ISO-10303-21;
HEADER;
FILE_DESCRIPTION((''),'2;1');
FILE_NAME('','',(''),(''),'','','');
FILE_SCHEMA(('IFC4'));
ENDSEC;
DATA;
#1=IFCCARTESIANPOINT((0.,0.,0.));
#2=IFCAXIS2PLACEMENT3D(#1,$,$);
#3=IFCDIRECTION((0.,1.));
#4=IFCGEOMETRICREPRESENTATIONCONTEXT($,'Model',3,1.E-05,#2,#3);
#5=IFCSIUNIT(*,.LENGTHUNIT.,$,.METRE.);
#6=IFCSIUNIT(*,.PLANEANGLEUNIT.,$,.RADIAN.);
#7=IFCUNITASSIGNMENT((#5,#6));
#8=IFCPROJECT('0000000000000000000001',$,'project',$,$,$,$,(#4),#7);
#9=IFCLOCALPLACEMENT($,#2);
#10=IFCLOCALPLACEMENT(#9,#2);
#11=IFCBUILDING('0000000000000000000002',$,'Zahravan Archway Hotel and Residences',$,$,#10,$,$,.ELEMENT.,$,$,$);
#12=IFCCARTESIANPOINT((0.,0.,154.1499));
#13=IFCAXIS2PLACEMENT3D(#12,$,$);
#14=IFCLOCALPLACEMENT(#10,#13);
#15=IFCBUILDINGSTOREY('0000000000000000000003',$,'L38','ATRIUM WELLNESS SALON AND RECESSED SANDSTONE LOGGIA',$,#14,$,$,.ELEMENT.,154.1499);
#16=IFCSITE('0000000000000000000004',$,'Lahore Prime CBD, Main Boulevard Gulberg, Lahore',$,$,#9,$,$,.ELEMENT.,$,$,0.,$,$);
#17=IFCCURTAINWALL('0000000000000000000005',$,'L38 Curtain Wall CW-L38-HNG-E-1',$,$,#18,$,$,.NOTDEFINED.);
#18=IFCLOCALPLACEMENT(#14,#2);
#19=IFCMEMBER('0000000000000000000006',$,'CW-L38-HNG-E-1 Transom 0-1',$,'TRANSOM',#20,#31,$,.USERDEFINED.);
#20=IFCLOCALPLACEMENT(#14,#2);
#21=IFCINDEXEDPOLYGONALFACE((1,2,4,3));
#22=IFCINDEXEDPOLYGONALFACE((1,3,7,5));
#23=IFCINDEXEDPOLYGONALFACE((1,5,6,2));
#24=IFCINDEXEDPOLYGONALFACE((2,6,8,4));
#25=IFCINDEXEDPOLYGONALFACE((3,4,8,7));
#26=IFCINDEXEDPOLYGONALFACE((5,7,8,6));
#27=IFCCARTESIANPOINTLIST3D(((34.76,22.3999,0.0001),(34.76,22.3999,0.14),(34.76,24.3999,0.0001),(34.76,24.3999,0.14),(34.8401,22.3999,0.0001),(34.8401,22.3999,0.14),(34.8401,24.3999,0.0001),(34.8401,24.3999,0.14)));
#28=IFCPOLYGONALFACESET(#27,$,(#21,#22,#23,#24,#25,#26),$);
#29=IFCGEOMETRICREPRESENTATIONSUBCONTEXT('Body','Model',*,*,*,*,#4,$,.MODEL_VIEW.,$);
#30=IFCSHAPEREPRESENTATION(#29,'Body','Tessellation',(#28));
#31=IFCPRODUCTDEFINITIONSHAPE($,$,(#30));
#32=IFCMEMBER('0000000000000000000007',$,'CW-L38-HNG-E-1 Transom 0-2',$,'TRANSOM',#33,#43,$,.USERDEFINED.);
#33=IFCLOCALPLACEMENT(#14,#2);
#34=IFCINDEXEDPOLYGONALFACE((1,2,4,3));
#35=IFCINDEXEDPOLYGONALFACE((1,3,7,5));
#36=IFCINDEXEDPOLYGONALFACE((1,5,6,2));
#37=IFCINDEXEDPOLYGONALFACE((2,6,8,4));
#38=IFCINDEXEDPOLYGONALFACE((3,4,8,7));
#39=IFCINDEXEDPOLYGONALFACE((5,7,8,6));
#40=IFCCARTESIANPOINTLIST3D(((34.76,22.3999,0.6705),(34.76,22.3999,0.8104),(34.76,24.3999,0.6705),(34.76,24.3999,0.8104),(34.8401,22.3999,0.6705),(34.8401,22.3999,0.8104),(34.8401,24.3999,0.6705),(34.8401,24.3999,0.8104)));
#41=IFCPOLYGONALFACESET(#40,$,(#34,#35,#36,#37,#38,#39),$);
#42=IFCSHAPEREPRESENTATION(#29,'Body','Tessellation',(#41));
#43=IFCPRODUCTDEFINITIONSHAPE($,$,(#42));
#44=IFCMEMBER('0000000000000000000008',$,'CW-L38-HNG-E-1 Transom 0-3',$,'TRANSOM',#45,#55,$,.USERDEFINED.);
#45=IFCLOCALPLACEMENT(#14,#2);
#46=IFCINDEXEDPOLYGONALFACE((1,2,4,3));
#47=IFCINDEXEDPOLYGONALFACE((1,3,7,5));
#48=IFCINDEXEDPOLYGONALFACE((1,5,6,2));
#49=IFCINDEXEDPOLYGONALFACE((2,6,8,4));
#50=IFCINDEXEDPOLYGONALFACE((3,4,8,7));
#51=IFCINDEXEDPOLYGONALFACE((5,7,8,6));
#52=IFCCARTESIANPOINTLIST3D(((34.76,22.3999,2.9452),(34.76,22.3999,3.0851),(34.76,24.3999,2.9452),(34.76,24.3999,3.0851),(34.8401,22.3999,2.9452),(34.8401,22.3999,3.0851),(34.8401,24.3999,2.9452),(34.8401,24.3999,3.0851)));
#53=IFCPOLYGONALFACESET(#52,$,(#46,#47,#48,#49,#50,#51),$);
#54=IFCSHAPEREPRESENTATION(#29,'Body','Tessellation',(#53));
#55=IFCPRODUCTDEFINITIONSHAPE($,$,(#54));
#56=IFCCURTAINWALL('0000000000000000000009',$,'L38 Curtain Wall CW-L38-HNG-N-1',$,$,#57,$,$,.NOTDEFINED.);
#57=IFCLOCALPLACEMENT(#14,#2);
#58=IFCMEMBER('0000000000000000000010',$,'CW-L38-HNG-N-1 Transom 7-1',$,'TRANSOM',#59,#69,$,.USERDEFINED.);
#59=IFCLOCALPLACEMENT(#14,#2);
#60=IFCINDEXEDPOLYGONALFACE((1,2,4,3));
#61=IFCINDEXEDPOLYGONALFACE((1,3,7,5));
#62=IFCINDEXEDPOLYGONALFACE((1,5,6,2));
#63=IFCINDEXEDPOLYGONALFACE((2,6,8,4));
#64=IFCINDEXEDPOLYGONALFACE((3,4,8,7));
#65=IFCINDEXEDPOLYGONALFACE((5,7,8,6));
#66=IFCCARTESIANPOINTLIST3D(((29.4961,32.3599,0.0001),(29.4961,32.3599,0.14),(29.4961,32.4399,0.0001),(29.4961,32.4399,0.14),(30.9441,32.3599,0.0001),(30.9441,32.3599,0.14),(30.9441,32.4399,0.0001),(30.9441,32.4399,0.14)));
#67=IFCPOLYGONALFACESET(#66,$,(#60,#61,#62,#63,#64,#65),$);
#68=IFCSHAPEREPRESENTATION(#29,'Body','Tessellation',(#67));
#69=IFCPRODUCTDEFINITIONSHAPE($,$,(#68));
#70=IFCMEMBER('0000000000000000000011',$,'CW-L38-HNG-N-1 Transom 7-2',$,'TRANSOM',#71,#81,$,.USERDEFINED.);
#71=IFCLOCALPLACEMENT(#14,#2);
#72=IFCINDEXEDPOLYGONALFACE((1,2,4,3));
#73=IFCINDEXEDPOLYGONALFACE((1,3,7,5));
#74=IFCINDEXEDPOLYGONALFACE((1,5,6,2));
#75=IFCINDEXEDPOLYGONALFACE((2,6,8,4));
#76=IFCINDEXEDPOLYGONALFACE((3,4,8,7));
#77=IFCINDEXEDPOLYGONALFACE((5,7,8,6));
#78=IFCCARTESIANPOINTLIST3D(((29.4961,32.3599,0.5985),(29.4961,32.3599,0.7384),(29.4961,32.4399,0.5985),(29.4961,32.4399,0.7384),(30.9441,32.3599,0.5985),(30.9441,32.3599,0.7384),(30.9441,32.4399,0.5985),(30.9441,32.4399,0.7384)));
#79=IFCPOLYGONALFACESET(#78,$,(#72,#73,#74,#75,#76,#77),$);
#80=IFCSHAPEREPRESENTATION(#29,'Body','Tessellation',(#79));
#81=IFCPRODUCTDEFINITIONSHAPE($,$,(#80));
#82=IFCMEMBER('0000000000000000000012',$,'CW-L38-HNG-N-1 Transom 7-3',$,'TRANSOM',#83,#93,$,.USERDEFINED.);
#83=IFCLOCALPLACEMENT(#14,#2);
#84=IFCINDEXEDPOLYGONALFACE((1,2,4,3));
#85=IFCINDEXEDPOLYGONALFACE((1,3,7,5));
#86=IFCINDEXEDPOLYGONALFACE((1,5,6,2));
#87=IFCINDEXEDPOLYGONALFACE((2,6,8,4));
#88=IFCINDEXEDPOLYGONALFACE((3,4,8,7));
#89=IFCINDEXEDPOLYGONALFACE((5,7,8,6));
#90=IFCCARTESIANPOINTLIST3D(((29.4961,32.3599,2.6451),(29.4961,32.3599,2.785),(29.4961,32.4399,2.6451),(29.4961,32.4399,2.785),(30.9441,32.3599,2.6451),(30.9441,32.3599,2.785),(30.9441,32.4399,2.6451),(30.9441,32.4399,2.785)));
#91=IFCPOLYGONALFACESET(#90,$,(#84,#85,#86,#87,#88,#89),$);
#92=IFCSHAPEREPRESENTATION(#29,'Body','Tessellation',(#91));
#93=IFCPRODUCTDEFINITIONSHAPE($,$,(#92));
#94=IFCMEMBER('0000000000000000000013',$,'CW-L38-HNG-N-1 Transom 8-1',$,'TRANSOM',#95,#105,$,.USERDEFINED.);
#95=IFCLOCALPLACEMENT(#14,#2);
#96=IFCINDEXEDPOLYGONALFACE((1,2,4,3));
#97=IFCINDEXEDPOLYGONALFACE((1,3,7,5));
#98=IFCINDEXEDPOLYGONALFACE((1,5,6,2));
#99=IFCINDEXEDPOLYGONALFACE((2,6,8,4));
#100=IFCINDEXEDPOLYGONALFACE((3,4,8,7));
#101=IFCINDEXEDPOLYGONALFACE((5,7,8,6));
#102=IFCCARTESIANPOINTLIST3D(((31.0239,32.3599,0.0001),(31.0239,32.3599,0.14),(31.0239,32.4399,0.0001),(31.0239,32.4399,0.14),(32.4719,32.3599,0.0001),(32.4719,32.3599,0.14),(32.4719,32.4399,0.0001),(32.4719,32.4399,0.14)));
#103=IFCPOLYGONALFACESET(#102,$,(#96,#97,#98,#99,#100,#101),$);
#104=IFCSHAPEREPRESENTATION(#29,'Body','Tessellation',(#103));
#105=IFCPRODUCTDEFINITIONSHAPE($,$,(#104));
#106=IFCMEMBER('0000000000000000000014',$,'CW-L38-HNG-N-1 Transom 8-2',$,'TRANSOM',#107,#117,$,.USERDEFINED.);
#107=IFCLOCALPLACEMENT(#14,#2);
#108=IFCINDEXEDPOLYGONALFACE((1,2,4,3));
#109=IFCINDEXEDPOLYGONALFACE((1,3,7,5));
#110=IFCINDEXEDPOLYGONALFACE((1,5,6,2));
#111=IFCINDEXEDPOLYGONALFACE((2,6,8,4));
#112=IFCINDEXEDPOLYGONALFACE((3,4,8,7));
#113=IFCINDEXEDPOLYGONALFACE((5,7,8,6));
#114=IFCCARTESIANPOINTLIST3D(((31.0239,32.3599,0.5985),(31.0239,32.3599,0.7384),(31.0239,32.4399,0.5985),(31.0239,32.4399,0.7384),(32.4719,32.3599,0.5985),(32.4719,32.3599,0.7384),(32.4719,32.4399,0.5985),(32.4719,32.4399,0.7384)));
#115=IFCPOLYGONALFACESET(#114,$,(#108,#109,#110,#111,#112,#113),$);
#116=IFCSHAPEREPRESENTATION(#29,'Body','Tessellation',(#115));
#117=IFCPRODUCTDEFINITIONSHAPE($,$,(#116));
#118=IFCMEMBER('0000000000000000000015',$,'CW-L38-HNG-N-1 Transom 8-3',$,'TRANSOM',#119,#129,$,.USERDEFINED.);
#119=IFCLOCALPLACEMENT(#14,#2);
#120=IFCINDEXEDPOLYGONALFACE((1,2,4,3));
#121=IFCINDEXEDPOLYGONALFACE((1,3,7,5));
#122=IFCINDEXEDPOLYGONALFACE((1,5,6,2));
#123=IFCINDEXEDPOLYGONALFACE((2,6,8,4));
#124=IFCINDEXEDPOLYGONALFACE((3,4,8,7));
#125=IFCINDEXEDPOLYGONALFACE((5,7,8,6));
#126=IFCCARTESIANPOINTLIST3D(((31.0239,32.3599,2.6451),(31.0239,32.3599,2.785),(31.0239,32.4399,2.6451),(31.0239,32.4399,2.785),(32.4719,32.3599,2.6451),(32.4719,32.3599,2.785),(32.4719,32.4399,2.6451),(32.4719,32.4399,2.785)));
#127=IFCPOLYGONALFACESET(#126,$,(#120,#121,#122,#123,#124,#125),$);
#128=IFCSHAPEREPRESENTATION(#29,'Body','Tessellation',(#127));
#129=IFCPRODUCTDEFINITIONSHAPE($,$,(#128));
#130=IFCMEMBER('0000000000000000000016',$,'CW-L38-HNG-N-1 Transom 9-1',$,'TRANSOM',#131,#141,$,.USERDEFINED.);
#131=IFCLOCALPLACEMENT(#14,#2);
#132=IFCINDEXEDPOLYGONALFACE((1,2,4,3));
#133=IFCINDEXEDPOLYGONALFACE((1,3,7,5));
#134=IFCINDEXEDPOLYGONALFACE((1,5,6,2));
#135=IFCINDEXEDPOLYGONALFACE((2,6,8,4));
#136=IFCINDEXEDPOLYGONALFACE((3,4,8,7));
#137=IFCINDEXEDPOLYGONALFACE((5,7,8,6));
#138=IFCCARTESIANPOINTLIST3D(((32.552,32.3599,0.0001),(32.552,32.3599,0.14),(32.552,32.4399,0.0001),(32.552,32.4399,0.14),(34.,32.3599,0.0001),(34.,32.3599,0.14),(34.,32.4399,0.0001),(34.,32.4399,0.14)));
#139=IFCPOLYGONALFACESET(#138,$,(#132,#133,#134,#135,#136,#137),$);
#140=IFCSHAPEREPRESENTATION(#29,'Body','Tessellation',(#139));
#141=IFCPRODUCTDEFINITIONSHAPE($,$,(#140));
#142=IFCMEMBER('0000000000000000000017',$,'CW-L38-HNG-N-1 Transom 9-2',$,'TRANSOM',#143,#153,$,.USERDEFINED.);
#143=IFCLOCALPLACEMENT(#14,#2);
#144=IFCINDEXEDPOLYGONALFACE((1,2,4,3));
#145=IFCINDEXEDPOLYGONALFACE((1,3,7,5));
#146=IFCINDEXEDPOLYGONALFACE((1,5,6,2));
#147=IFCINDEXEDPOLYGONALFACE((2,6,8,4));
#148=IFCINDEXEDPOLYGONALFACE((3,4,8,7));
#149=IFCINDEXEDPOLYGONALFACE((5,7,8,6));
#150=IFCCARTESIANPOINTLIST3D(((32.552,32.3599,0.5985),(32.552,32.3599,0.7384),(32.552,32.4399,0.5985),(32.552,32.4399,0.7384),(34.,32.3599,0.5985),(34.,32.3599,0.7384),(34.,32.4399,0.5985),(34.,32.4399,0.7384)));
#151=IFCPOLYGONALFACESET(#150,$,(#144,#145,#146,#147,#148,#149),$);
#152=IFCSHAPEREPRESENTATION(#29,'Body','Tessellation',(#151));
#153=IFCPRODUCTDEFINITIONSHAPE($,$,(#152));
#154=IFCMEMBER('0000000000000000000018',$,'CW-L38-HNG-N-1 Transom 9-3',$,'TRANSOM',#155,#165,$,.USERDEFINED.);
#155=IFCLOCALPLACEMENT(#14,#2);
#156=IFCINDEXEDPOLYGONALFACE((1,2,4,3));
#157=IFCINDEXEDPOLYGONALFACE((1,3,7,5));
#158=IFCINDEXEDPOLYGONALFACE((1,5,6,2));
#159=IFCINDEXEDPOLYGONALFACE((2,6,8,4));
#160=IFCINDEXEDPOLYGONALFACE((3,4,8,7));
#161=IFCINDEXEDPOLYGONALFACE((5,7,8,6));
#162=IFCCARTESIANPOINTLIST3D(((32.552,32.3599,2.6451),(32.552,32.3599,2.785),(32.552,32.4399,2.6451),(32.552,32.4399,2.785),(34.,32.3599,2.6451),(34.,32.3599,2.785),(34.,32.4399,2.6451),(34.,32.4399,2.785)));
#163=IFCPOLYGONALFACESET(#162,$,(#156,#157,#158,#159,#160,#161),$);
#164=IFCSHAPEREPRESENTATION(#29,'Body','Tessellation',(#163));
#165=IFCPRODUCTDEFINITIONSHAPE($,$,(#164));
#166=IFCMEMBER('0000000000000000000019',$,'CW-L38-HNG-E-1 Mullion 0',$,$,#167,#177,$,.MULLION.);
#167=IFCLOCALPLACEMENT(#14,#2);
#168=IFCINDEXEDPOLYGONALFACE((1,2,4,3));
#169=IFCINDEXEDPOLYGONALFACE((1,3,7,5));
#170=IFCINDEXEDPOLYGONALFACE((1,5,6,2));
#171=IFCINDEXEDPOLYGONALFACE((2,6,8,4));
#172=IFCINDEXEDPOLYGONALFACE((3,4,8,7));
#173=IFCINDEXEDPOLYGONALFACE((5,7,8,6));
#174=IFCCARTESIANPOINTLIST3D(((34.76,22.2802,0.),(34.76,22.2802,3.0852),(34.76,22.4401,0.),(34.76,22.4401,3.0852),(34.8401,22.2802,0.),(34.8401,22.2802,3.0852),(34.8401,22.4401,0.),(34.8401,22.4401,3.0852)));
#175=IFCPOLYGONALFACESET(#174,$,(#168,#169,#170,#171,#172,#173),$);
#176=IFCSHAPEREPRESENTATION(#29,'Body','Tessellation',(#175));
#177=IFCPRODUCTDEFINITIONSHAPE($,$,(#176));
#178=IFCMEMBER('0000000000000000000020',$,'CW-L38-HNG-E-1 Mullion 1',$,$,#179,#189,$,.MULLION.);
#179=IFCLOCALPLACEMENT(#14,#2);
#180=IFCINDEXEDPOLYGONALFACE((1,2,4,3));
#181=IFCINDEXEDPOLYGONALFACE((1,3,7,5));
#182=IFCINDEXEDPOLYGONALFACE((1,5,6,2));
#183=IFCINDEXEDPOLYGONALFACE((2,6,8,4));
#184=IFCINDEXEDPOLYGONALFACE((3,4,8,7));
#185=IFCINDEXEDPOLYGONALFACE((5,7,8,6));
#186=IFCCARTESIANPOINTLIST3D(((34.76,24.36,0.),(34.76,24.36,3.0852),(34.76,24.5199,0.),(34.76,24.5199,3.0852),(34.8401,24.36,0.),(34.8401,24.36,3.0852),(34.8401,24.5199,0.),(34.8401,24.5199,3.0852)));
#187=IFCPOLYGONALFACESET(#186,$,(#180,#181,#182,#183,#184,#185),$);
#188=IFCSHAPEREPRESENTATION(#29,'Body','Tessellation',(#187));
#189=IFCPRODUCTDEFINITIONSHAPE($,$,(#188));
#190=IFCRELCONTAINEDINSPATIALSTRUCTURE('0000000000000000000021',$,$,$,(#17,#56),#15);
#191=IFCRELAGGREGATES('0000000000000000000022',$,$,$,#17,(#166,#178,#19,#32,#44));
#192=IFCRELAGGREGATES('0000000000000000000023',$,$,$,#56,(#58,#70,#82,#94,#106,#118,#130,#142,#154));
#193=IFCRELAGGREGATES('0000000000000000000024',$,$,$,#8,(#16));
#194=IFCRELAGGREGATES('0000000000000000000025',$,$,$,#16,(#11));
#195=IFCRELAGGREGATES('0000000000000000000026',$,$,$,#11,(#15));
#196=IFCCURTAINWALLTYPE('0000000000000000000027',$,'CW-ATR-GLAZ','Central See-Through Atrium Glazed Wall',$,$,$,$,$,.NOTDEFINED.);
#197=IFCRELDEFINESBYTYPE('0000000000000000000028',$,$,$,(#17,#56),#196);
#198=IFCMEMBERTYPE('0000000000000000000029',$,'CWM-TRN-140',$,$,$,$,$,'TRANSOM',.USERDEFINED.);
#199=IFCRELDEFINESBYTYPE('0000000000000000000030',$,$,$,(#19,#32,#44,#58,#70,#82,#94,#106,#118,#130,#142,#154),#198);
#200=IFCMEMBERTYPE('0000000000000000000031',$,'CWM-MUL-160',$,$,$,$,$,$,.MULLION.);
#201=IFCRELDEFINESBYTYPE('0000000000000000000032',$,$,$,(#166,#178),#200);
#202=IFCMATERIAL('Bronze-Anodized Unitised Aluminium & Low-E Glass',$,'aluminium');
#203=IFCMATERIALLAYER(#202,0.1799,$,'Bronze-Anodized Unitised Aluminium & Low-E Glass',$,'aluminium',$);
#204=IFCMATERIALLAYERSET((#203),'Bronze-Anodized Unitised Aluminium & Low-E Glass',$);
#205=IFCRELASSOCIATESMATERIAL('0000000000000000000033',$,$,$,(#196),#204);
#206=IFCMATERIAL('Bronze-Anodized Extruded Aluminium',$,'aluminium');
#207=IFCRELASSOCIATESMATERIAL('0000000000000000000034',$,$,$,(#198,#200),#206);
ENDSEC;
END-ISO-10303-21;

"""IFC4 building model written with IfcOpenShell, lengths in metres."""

from ifc_helpers import new_model, si_unit, direction, frame, origin, origin_2d, place, context, subcontext, project, spatial, rectangle, extrude, source, transform, mapped, material, layer, layer_set, material_profile, profile_set, type_object, element, aggregate, save


model = new_model("IFC4")

# Units and contexts
model_context = context("Model", 3, precision=1e-05, world=origin(), true_north=direction((0.0, 1.0)))
body_context = subcontext(model_context, "Body", "Model", "MODEL_VIEW")
ifc_project = project(units=[si_unit("LENGTHUNIT", "METRE"), si_unit("PLANEANGLEUNIT", "RADIAN")], contexts=[model_context])

# Site, building, storey
site_placement = place(None, origin())
site = spatial("IfcSite", under=ifc_project, at=site_placement, Name="Lahore Prime CBD, Main Boulevard Gulberg, Lahore", CompositionType="ELEMENT", RefElevation=0.0)
building_placement = place(site_placement, origin())
building = spatial("IfcBuilding", under=site, at=building_placement, Name="Zahravan Archway Hotel and Residences", CompositionType="ELEMENT")
storey_placement = place(building_placement, frame((0.0, 0.0, 154.1499)))
storey = spatial("IfcBuildingStorey", under=building, at=storey_placement, Name="L38", Description="ATRIUM WELLNESS SALON AND RECESSED SANDSTONE LOGGIA", CompositionType="ELEMENT", Elevation=154.1499)

# Curtain walls, members
ifc_material_1 = material(Name="Bronze-Anodized Unitised Aluminium & Low-E Glass", Category="aluminium")
ifc_layer_1 = layer(ifc_material_1, 0.1799, Name="Bronze-Anodized Unitised Aluminium & Low-E Glass", Category="aluminium")
ifc_layer_set_1 = layer_set([ifc_layer_1], Name="Bronze-Anodized Unitised Aluminium & Low-E Glass")
curtain_wall_type = type_object("IfcCurtainWallType", Name="CW-ATR-GLAZ", Description="Central See-Through Atrium Glazed Wall", PredefinedType="NOTDEFINED", material=ifc_layer_set_1)
curtain_wall_1_placement = place(storey_placement, origin())
curtain_wall_1 = element("IfcCurtainWall", 1, at=curtain_wall_1_placement, inside=storey, type_object=curtain_wall_type, Name="L38 Curtain Wall CW-L38-HNG-E-1", PredefinedType="NOTDEFINED")
ifc_material_2 = material(Name="Bronze-Anodized Extruded Aluminium", Category="aluminium")
ifc_material_profile_1 = material_profile(ifc_material_2, rectangle(XDim=0.0801, YDim=0.1399, at=origin_2d()), Name="TRN 80x140", Category="aluminium")
ifc_profile_set_1 = profile_set([ifc_material_profile_1], Name="Bronze-Anodized Extruded Aluminium")
member_type_1 = type_object("IfcMemberType", Name="CWM-TRN-140", ElementType="TRANSOM", PredefinedType="USERDEFINED", material=ifc_profile_set_1)
shared_shape_1 = source(origin(), body_context, "Body", "SweptSolid", [
    extrude(rectangle(XDim=0.0801, YDim=0.1399, at=origin_2d()), origin(), (0.0, 0.0, 1.0), 2.0),
])
member_1_placement = place(storey_placement, frame((34.8, 22.3999, 0.0701), z_axis=(0.0, 1.0, 0.0), x_axis=(-1.0, 0.0, 0.0)))
member_1 = element("IfcMember", 2, at=member_1_placement, type_object=member_type_1, Name="CW-L38-HNG-E-1 Transom 0-1", ObjectType="TRANSOM", PredefinedType="USERDEFINED", context=body_context, shape_type="MappedRepresentation", body=[
    mapped(shared_shape_1, transform((0.0, 0.0, 0.0), scale=1.0)),
])
member_2_placement = place(storey_placement, frame((34.8, 22.3999, 0.7405), z_axis=(0.0, 1.0, 0.0), x_axis=(-1.0, 0.0, 0.0)))
member_2 = element("IfcMember", 3, at=member_2_placement, type_object=member_type_1, Name="CW-L38-HNG-E-1 Transom 0-2", ObjectType="TRANSOM", PredefinedType="USERDEFINED", context=body_context, shape_type="MappedRepresentation", body=[
    mapped(shared_shape_1, transform((0.0, 0.0, 0.0), scale=1.0)),
])
member_3_placement = place(storey_placement, frame((34.8, 22.3999, 3.0151), z_axis=(0.0, 1.0, 0.0), x_axis=(-1.0, 0.0, 0.0)))
member_3 = element("IfcMember", 4, at=member_3_placement, type_object=member_type_1, Name="CW-L38-HNG-E-1 Transom 0-3", ObjectType="TRANSOM", PredefinedType="USERDEFINED", context=body_context, shape_type="MappedRepresentation", body=[
    mapped(shared_shape_1, transform((0.0, 0.0, 0.0), scale=1.0)),
])
curtain_wall_2_placement = place(storey_placement, origin())
curtain_wall_2 = element("IfcCurtainWall", 5, at=curtain_wall_2_placement, inside=storey, type_object=curtain_wall_type, Name="L38 Curtain Wall CW-L38-HNG-N-1", PredefinedType="NOTDEFINED")
shared_shape_2 = source(origin(), body_context, "Body", "SweptSolid", [
    extrude(rectangle(XDim=0.0801, YDim=0.1399, at=origin_2d()), origin(), (0.0, 0.0, 1.0), 1.448),
])
member_4_placement = place(storey_placement, frame((29.4961, 32.3999, 0.0701), z_axis=(1.0, 0.0, 0.0), x_axis=(0.0, 1.0, 0.0)))
member_4 = element("IfcMember", 6, at=member_4_placement, type_object=member_type_1, Name="CW-L38-HNG-N-1 Transom 7-1", ObjectType="TRANSOM", PredefinedType="USERDEFINED", context=body_context, shape_type="MappedRepresentation", body=[
    mapped(shared_shape_2, transform((0.0, 0.0, 0.0), scale=1.0)),
])
member_5_placement = place(storey_placement, frame((29.4961, 32.3999, 0.6685), z_axis=(1.0, 0.0, 0.0), x_axis=(0.0, 1.0, 0.0)))
member_5 = element("IfcMember", 7, at=member_5_placement, type_object=member_type_1, Name="CW-L38-HNG-N-1 Transom 7-2", ObjectType="TRANSOM", PredefinedType="USERDEFINED", context=body_context, shape_type="MappedRepresentation", body=[
    mapped(shared_shape_2, transform((0.0, 0.0, 0.0), scale=1.0)),
])
member_6_placement = place(storey_placement, frame((29.4961, 32.3999, 2.7151), z_axis=(1.0, 0.0, 0.0), x_axis=(0.0, 1.0, 0.0)))
member_6 = element("IfcMember", 8, at=member_6_placement, type_object=member_type_1, Name="CW-L38-HNG-N-1 Transom 7-3", ObjectType="TRANSOM", PredefinedType="USERDEFINED", context=body_context, shape_type="MappedRepresentation", body=[
    mapped(shared_shape_2, transform((0.0, 0.0, 0.0), scale=1.0)),
])
member_7_placement = place(storey_placement, frame((31.0239, 32.3999, 0.0701), z_axis=(1.0, 0.0, 0.0), x_axis=(0.0, 1.0, 0.0)))
member_7 = element("IfcMember", 9, at=member_7_placement, type_object=member_type_1, Name="CW-L38-HNG-N-1 Transom 8-1", ObjectType="TRANSOM", PredefinedType="USERDEFINED", context=body_context, shape_type="MappedRepresentation", body=[
    mapped(shared_shape_2, transform((0.0, 0.0, 0.0), scale=1.0)),
])
member_8_placement = place(storey_placement, frame((31.0239, 32.3999, 0.6685), z_axis=(1.0, 0.0, 0.0), x_axis=(0.0, 1.0, 0.0)))
member_8 = element("IfcMember", 10, at=member_8_placement, type_object=member_type_1, Name="CW-L38-HNG-N-1 Transom 8-2", ObjectType="TRANSOM", PredefinedType="USERDEFINED", context=body_context, shape_type="MappedRepresentation", body=[
    mapped(shared_shape_2, transform((0.0, 0.0, 0.0), scale=1.0)),
])
member_9_placement = place(storey_placement, frame((31.0239, 32.3999, 2.7151), z_axis=(1.0, 0.0, 0.0), x_axis=(0.0, 1.0, 0.0)))
member_9 = element("IfcMember", 11, at=member_9_placement, type_object=member_type_1, Name="CW-L38-HNG-N-1 Transom 8-3", ObjectType="TRANSOM", PredefinedType="USERDEFINED", context=body_context, shape_type="MappedRepresentation", body=[
    mapped(shared_shape_2, transform((0.0, 0.0, 0.0), scale=1.0)),
])
member_10_placement = place(storey_placement, frame((32.552, 32.3999, 0.0701), z_axis=(1.0, 0.0, 0.0), x_axis=(0.0, 1.0, 0.0)))
member_10 = element("IfcMember", 12, at=member_10_placement, type_object=member_type_1, Name="CW-L38-HNG-N-1 Transom 9-1", ObjectType="TRANSOM", PredefinedType="USERDEFINED", context=body_context, shape_type="MappedRepresentation", body=[
    mapped(shared_shape_2, transform((0.0, 0.0, 0.0), scale=1.0)),
])
member_11_placement = place(storey_placement, frame((32.552, 32.3999, 0.6685), z_axis=(1.0, 0.0, 0.0), x_axis=(0.0, 1.0, 0.0)))
member_11 = element("IfcMember", 13, at=member_11_placement, type_object=member_type_1, Name="CW-L38-HNG-N-1 Transom 9-2", ObjectType="TRANSOM", PredefinedType="USERDEFINED", context=body_context, shape_type="MappedRepresentation", body=[
    mapped(shared_shape_2, transform((0.0, 0.0, 0.0), scale=1.0)),
])
member_12_placement = place(storey_placement, frame((32.552, 32.3999, 2.7151), z_axis=(1.0, 0.0, 0.0), x_axis=(0.0, 1.0, 0.0)))
member_12 = element("IfcMember", 14, at=member_12_placement, type_object=member_type_1, Name="CW-L38-HNG-N-1 Transom 9-3", ObjectType="TRANSOM", PredefinedType="USERDEFINED", context=body_context, shape_type="MappedRepresentation", body=[
    mapped(shared_shape_2, transform((0.0, 0.0, 0.0), scale=1.0)),
])

# Members
ifc_material_profile_2 = material_profile(ifc_material_2, rectangle(XDim=0.0801, YDim=0.1599, at=origin_2d()), Name="MUL 80x160", Category="aluminium")
ifc_profile_set_2 = profile_set([ifc_material_profile_2], Name="Bronze-Anodized Extruded Aluminium")
member_type_2 = type_object("IfcMemberType", Name="CWM-MUL-160", PredefinedType="MULLION", material=ifc_profile_set_2)
shared_shape_3 = source(origin(), body_context, "Body", "SweptSolid", [
    extrude(rectangle(XDim=0.0801, YDim=0.1599, at=origin_2d()), origin(), (0.0, 0.0, 1.0), 3.0852),
])
member_13_placement = place(storey_placement, frame((34.8, 22.3601, 0.0), z_axis=(0.0, 0.0, 1.0), x_axis=(1.0, 0.0, 0.0)))
member_13 = element("IfcMember", 15, at=member_13_placement, type_object=member_type_2, Name="CW-L38-HNG-E-1 Mullion 0", PredefinedType="MULLION", context=body_context, shape_type="MappedRepresentation", body=[
    mapped(shared_shape_3, transform((0.0, 0.0, 0.0), scale=1.0)),
])
member_14_placement = place(storey_placement, frame((34.8, 24.4399, 0.0), z_axis=(0.0, 0.0, 1.0), x_axis=(1.0, 0.0, 0.0)))
member_14 = element("IfcMember", 16, at=member_14_placement, type_object=member_type_2, Name="CW-L38-HNG-E-1 Mullion 1", PredefinedType="MULLION", context=body_context, shape_type="MappedRepresentation", body=[
    mapped(shared_shape_3, transform((0.0, 0.0, 0.0), scale=1.0)),
])

aggregate(curtain_wall_1, [member_13, member_14, member_1, member_2, member_3])
aggregate(curtain_wall_2, [member_4, member_5, member_6, member_7, member_8, member_9, member_10, member_11, member_12])

save(model, "model.ifc")
